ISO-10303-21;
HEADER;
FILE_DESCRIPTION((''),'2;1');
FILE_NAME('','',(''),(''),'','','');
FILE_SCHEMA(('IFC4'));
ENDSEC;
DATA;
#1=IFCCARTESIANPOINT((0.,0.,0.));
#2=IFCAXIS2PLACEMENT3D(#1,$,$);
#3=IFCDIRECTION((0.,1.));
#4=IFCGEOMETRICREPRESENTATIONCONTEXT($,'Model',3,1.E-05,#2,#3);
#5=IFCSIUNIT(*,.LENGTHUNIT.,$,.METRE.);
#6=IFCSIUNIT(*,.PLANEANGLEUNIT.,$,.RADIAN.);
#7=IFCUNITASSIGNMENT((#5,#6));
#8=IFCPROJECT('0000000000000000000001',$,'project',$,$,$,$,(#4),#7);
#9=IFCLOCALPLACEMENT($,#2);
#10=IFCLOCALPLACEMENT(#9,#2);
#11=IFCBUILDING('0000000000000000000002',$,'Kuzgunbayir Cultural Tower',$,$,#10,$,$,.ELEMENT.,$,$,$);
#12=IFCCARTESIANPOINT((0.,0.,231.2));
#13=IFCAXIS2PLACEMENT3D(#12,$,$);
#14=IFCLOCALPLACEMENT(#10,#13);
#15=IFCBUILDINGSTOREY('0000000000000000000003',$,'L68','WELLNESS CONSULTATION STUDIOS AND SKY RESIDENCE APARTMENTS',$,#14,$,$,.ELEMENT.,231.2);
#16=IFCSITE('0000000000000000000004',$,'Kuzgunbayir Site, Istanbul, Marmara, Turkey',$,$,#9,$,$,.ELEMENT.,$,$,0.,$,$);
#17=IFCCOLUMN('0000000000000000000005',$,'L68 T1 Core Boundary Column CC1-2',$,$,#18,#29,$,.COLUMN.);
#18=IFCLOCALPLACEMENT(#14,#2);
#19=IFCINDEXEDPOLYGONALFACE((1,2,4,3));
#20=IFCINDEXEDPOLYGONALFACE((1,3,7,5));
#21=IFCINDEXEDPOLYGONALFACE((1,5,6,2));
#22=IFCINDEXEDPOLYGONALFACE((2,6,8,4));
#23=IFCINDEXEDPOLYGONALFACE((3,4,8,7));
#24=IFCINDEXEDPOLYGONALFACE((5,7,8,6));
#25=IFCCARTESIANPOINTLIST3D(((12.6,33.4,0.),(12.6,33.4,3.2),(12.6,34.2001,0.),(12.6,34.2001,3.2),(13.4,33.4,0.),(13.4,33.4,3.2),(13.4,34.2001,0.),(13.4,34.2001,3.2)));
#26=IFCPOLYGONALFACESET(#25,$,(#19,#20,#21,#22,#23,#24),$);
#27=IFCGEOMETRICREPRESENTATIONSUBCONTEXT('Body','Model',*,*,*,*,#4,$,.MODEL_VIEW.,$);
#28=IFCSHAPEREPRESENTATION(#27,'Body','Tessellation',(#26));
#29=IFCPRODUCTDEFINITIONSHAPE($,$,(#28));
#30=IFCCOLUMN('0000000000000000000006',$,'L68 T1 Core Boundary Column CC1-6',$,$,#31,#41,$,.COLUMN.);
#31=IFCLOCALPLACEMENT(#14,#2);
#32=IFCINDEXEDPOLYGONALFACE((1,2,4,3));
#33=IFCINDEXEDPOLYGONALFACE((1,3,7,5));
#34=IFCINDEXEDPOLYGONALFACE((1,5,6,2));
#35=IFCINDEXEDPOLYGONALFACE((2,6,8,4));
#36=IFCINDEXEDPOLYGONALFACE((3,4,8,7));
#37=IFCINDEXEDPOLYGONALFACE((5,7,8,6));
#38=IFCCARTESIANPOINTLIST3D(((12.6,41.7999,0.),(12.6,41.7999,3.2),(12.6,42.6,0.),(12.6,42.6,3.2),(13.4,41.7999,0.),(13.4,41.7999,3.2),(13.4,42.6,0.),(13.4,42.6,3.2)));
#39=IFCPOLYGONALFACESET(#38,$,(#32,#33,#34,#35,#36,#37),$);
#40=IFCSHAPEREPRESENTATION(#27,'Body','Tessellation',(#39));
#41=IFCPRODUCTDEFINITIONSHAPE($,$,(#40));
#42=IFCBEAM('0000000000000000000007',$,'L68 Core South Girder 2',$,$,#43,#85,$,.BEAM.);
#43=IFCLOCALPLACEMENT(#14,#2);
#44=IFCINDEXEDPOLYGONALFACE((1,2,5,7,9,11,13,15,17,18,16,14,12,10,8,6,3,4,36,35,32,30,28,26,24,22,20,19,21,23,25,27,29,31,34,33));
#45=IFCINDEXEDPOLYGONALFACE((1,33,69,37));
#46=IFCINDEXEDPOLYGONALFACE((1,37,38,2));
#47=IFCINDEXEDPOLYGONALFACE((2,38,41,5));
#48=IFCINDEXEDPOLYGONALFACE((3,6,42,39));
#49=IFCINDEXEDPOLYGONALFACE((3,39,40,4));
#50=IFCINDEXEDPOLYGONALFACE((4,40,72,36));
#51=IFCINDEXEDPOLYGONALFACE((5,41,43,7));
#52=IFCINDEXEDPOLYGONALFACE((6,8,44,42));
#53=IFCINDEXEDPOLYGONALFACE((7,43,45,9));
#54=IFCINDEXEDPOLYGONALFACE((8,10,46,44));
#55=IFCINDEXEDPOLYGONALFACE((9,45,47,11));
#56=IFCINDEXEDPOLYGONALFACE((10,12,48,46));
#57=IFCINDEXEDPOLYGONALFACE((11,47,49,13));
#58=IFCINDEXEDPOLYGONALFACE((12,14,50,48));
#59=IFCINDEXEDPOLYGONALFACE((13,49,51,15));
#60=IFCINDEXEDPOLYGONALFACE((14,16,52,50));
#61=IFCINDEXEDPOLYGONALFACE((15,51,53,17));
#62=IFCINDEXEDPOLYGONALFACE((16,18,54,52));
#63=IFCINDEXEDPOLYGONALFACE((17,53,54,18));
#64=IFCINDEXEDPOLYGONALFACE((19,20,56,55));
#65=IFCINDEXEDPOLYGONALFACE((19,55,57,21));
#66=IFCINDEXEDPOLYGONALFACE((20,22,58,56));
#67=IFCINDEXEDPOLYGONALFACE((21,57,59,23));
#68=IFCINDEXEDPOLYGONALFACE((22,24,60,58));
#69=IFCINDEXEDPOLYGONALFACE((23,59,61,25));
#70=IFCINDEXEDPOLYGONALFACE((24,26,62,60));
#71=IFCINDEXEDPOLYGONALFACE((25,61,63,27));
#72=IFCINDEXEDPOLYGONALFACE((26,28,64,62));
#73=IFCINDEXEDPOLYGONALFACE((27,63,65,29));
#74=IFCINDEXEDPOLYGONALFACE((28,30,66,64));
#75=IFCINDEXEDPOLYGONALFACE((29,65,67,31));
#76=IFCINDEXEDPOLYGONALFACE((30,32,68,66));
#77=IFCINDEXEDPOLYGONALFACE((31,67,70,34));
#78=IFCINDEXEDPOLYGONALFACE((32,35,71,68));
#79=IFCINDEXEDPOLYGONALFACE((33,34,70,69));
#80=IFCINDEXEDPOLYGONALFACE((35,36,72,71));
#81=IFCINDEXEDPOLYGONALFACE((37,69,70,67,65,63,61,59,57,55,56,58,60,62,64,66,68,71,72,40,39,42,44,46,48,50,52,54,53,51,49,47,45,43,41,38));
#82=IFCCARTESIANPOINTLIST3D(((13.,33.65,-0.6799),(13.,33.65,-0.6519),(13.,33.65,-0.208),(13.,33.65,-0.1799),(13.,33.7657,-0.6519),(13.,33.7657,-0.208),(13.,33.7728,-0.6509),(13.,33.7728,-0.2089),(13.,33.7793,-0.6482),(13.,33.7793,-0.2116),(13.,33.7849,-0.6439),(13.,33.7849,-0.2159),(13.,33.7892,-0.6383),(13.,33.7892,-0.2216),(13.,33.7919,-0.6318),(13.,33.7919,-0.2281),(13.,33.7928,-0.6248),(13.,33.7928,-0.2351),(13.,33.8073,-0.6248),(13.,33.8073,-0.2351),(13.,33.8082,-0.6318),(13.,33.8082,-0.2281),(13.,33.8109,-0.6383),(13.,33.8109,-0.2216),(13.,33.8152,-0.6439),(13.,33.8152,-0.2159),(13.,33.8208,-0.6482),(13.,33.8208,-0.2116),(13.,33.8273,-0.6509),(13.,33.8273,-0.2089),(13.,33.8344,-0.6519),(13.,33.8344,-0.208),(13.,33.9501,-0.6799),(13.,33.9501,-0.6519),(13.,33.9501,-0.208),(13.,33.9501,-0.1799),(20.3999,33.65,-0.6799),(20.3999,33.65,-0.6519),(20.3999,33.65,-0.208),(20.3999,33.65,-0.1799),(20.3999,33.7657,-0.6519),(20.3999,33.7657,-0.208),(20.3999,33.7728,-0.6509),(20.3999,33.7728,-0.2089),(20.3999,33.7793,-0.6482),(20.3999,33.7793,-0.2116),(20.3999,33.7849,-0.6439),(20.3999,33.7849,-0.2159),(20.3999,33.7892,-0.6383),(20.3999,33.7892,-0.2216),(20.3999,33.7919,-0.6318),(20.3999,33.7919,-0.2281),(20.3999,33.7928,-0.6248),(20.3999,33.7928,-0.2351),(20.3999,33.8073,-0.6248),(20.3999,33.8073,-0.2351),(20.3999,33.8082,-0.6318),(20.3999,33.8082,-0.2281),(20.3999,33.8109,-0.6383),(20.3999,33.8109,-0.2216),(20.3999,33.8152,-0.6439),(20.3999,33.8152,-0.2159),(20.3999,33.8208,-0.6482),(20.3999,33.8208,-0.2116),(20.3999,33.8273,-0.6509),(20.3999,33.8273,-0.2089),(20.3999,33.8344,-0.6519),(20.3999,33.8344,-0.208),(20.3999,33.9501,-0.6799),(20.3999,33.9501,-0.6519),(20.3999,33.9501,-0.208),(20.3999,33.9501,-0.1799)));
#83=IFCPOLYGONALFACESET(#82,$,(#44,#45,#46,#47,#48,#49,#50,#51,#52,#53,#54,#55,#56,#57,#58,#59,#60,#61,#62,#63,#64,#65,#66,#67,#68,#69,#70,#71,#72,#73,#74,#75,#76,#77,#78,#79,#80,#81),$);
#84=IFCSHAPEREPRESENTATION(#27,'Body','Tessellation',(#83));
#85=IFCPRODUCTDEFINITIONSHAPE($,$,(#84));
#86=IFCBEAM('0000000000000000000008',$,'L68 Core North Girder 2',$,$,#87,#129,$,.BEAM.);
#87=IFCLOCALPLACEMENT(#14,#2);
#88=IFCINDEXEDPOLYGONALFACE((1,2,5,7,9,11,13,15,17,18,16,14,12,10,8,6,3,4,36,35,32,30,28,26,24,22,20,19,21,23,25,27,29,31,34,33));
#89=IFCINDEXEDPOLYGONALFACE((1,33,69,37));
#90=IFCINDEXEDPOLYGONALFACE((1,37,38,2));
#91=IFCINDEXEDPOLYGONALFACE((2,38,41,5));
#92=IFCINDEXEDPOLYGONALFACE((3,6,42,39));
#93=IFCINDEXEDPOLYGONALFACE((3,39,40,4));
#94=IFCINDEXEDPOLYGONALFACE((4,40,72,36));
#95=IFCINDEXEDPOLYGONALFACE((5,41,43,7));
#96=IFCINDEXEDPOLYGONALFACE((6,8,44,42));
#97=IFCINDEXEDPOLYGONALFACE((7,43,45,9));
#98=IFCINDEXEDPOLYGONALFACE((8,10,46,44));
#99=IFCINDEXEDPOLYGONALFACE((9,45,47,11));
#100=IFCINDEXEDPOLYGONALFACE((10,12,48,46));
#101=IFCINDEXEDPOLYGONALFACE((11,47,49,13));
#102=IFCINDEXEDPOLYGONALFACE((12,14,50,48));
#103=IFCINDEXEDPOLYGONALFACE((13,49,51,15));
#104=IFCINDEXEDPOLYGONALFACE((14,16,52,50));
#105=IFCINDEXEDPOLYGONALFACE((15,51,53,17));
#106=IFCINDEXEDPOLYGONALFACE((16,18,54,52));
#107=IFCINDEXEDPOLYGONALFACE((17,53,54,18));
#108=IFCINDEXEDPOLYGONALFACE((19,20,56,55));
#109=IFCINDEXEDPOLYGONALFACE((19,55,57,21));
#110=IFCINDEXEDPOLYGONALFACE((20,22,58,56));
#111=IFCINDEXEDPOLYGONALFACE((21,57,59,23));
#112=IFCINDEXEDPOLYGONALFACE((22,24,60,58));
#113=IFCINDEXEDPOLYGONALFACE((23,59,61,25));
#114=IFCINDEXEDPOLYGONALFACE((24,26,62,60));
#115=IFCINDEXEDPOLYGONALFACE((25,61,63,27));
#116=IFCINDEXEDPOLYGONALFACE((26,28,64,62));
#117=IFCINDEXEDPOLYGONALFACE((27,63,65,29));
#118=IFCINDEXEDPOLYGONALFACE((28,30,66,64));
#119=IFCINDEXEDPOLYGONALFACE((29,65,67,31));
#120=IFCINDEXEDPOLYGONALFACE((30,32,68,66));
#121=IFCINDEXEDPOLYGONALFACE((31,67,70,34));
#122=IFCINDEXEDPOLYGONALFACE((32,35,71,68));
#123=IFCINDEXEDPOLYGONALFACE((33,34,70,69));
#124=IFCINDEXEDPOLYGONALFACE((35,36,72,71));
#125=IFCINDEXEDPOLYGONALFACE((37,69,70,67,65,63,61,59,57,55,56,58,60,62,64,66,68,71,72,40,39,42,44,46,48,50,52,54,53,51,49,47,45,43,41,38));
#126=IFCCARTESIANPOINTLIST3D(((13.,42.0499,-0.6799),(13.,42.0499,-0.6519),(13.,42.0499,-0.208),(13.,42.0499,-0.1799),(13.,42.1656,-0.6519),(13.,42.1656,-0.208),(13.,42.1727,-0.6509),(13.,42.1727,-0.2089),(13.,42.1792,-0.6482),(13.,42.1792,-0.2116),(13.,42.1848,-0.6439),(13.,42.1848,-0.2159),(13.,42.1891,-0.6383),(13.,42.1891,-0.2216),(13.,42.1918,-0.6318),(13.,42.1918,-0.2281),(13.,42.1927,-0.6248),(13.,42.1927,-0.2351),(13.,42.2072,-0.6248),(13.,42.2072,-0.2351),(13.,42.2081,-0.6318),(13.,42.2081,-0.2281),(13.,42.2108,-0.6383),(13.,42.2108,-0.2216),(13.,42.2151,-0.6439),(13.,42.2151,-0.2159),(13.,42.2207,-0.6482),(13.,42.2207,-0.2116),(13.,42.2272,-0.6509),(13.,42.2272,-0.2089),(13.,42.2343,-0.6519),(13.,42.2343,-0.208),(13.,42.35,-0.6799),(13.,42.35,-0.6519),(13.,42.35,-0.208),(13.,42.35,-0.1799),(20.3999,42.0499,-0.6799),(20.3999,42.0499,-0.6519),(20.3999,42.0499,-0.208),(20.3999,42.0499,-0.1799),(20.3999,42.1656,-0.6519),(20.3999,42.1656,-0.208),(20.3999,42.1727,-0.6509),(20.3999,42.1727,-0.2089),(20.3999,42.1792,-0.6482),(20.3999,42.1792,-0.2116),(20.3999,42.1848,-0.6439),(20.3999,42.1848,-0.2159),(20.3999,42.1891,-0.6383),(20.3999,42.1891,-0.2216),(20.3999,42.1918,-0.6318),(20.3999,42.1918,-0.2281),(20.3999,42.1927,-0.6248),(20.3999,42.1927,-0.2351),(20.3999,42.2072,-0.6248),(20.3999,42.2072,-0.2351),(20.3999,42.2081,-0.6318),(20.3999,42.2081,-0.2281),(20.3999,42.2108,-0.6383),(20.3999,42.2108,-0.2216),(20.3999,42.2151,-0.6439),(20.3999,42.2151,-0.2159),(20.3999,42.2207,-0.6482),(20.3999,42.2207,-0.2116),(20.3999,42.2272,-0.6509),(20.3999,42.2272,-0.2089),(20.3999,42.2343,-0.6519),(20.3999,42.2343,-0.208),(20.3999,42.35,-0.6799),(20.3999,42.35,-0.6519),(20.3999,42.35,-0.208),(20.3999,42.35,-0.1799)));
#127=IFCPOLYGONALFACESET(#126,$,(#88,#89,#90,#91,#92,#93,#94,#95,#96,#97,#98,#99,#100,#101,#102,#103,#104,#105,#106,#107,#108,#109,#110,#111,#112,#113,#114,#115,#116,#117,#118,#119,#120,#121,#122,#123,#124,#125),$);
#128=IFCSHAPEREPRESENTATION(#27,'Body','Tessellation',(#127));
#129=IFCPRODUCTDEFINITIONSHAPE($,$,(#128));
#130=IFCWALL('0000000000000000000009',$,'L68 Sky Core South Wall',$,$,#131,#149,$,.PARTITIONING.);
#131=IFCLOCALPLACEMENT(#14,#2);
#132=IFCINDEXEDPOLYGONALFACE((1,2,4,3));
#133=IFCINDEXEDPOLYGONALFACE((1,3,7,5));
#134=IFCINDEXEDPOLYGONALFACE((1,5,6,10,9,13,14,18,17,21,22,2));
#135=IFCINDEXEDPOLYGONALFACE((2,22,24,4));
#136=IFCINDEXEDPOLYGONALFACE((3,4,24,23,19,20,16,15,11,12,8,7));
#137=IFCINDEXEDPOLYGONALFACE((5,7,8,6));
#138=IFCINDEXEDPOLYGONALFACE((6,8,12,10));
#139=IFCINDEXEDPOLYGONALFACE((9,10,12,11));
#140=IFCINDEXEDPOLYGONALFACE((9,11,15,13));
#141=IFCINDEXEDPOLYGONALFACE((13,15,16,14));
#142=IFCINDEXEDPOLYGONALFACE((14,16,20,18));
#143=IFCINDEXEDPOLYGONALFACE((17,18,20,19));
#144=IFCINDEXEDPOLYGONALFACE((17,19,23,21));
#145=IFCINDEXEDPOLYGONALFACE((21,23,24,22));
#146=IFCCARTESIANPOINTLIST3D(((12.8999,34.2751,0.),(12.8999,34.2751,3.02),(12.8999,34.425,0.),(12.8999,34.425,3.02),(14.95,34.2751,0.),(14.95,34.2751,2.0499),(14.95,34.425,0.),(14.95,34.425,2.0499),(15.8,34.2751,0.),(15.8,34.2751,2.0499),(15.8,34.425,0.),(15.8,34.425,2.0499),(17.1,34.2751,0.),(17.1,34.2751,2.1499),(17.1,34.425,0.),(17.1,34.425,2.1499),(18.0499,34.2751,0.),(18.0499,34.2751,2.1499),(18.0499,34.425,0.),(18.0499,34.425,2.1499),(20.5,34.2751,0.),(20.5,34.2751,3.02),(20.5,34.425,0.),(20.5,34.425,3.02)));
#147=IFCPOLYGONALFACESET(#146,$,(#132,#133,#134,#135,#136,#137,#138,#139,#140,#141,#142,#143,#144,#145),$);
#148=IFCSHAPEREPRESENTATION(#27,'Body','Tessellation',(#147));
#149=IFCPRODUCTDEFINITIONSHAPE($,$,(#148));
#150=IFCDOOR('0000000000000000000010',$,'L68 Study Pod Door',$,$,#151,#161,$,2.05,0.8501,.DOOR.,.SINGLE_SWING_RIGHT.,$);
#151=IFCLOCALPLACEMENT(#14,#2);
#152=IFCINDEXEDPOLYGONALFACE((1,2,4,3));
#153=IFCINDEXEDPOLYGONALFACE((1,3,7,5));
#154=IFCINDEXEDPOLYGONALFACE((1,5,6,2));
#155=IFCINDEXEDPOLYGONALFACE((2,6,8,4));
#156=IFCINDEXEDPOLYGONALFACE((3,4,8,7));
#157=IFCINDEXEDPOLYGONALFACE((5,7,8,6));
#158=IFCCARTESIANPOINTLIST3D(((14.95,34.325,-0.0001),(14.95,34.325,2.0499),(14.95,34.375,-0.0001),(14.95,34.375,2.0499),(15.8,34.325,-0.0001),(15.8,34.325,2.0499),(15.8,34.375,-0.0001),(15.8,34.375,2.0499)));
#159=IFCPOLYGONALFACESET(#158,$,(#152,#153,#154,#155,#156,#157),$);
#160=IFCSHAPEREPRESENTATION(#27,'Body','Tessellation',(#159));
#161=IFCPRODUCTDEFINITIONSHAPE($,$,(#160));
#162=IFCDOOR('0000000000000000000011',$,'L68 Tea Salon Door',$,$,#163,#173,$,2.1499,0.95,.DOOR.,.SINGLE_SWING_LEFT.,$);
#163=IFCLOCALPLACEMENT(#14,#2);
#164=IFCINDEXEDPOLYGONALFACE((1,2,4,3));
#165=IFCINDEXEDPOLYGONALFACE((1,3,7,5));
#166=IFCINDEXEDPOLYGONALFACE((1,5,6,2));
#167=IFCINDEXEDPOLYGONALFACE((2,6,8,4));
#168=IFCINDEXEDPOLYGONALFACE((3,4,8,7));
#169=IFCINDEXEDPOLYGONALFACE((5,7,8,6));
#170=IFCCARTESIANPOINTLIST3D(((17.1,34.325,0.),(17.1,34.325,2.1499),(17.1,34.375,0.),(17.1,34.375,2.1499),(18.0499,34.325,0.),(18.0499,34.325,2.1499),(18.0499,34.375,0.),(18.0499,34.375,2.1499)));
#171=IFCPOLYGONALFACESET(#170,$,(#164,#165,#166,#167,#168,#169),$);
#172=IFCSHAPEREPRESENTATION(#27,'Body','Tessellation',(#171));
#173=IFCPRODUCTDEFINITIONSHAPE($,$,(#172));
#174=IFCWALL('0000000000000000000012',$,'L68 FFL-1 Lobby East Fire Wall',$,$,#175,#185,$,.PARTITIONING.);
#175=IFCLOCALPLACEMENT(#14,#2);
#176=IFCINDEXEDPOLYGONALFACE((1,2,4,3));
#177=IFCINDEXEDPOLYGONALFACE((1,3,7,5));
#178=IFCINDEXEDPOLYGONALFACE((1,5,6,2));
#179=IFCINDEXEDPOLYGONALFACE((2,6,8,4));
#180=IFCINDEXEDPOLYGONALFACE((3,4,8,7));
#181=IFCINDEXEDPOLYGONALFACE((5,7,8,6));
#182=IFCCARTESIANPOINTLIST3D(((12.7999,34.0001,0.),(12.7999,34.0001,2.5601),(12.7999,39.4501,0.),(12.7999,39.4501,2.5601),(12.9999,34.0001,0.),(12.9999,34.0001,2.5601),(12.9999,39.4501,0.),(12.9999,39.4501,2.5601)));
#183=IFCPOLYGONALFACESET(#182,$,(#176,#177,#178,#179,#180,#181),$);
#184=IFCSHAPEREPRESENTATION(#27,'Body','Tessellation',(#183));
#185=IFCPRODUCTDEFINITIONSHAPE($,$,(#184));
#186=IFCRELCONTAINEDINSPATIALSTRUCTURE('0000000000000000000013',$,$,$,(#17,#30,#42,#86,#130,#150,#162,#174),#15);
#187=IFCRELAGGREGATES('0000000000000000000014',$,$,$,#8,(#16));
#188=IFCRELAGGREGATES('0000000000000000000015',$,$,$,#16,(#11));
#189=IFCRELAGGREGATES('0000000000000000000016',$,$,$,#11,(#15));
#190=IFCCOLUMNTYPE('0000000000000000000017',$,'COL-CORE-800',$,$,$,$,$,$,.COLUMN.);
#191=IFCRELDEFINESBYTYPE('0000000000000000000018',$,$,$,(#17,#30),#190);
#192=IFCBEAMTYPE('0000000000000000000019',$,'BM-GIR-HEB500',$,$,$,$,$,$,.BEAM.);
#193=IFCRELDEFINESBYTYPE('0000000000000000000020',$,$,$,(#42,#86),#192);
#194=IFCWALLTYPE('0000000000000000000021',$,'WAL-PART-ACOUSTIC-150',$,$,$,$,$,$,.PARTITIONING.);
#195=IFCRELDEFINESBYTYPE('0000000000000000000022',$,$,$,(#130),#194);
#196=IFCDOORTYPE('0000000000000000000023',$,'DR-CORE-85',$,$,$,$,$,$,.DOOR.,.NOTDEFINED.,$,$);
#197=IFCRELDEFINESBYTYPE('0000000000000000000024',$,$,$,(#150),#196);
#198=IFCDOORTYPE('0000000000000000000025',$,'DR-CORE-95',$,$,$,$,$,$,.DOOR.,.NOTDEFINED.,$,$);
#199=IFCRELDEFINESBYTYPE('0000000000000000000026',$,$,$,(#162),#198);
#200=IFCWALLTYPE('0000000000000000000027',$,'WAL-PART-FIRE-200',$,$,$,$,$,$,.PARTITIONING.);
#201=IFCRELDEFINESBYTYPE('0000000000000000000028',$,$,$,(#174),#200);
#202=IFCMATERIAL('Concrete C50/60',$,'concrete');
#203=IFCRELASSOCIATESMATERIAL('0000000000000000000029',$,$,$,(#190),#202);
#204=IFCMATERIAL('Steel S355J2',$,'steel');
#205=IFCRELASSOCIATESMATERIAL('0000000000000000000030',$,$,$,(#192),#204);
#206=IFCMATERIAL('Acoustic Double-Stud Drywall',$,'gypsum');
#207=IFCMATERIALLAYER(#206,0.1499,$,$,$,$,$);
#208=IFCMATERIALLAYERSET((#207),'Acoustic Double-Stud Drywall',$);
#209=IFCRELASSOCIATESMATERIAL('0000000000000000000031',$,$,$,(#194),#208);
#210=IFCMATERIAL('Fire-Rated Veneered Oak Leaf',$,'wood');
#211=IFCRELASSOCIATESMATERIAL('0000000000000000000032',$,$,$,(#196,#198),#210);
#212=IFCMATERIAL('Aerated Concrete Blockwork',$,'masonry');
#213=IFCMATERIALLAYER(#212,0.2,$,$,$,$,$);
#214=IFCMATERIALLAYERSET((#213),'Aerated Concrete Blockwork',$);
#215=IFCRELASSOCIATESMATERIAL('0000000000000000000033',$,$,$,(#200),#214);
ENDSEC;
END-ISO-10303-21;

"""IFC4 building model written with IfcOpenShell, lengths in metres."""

from ifc_helpers import new_model, si_unit, direction, frame, frame_2d, origin, origin_2d, place, context, subcontext, project, spatial, rectangle, i_section, extrude, material, layer, layer_set, material_profile, profile_set, type_object, element, fill, save


model = new_model("IFC4")

# Units and contexts
model_context = context("Model", 3, precision=1e-05, world=origin(), true_north=direction((0.0, 1.0)))
body_context = subcontext(model_context, "Body", "Model", "MODEL_VIEW")
ifc_project = project(units=[si_unit("LENGTHUNIT", "METRE"), si_unit("PLANEANGLEUNIT", "RADIAN")], contexts=[model_context])

# Site, building, storey
site_placement = place(None, origin())
site = spatial("IfcSite", under=ifc_project, at=site_placement, Name="Kuzgunbayir Site, Istanbul, Marmara, Turkey", CompositionType="ELEMENT", RefElevation=0.0)
building_placement = place(site_placement, origin())
building = spatial("IfcBuilding", under=site, at=building_placement, Name="Kuzgunbayir Cultural Tower", CompositionType="ELEMENT")
storey_placement = place(building_placement, frame((0.0, 0.0, 231.2)))
storey = spatial("IfcBuildingStorey", under=building, at=storey_placement, Name="L68", Description="WELLNESS CONSULTATION STUDIOS AND SKY RESIDENCE APARTMENTS", CompositionType="ELEMENT", Elevation=231.2)

# Columns
ifc_material_1 = material(Name="Concrete C50/60", Category="concrete")
ifc_material_profile_1 = material_profile(ifc_material_1, rectangle(XDim=0.8, YDim=0.8, at=origin_2d()), Name="RC 800x800")
ifc_profile_set_1 = profile_set([ifc_material_profile_1], Name="Concrete C50/60")
column_type = type_object("IfcColumnType", Name="COL-CORE-800", PredefinedType="COLUMN", material=ifc_profile_set_1)
for number, where, z_axis, x_axis, name in (
    (1, (13.0, 33.8, 0.0), (0.0, 0.0, 1.0), (1.0, 0.0, 0.0), "L68 T1 Core Boundary Column CC1-2"),
    (2, (13.0, 42.2, 0.0), (0.0, 0.0, 1.0), (1.0, 0.0, 0.0), "L68 T1 Core Boundary Column CC1-6"),
):
    element("IfcColumn", number, at=place(storey_placement, frame(where, z_axis=z_axis, x_axis=x_axis)), inside=storey, type_object=column_type, Name=name, PredefinedType="COLUMN", context=body_context, shape_type="SweptSolid", body=[
        extrude(rectangle(XDim=0.8, YDim=0.8, at=origin_2d()), origin(), (0.0, 0.0, 1.0), 3.2),
    ])

# Beams
ifc_material_2 = material(Name="Steel S355J2", Category="steel")
ifc_material_profile_2 = material_profile(ifc_material_2, i_section(OverallWidth=0.3, OverallDepth=0.5, WebThickness=0.0144, FlangeThickness=0.0281, FilletRadius=0.0271, at=origin_2d()), Name="HEB 500")
ifc_profile_set_2 = profile_set([ifc_material_profile_2], Name="Steel S355J2")
beam_type = type_object("IfcBeamType", Name="BM-GIR-HEB500", PredefinedType="BEAM", material=ifc_profile_set_2)
for number, where, z_axis, x_axis, name in (
    (3, (13.0, 33.8, -0.4299), (1.0, 0.0, 0.0), (0.0, 1.0, 0.0), "L68 Core South Girder 2"),
    (4, (13.0, 42.2, -0.4299), (1.0, 0.0, 0.0), (0.0, 1.0, 0.0), "L68 Core North Girder 2"),
):
    element("IfcBeam", number, at=place(storey_placement, frame(where, z_axis=z_axis, x_axis=x_axis)), inside=storey, type_object=beam_type, Name=name, PredefinedType="BEAM", context=body_context, shape_type="SweptSolid", body=[
        extrude(i_section(OverallWidth=0.3, OverallDepth=0.5, WebThickness=0.0144, FlangeThickness=0.0281, FilletRadius=0.0271, at=origin_2d()), origin(), (0.0, 0.0, 1.0), 7.3999),
    ])

# Wall, openings, doors
ifc_material_3 = material(Name="Acoustic Double-Stud Drywall", Category="gypsum")
ifc_layer_1 = layer(ifc_material_3, 0.1499)
ifc_layer_set_1 = layer_set([ifc_layer_1], Name="Acoustic Double-Stud Drywall")
wall_type_1 = type_object("IfcWallType", Name="WAL-PART-ACOUSTIC-150", PredefinedType="PARTITIONING", material=ifc_layer_set_1)
wall_1_placement = place(storey_placement, frame((12.8999, 34.3501, 0.0), z_axis=(0.0, 0.0, 1.0), x_axis=(1.0, 0.0, 0.0)))
wall_1 = element("IfcWall", 5, at=wall_1_placement, inside=storey, type_object=wall_type_1, Name="L68 Sky Core South Wall", PredefinedType="PARTITIONING", context=body_context, shape_type="SweptSolid", body=[
    extrude(rectangle(XDim=7.6001, YDim=0.1499, at=frame_2d((3.8, 0.0))), origin(), (0.0, 0.0, 1.0), 3.02),
])
opening_1_placement = place(wall_1_placement, frame((2.05, 0.0, 0.0)))
opening_1 = element("IfcOpeningElement", 6, at=opening_1_placement, cuts=wall_1, PredefinedType="OPENING", context=body_context, shape_type="SweptSolid", body=[
    extrude(rectangle(XDim=0.8501, YDim=2.05, at=frame_2d((0.425, 1.0249))), frame((0.0, 0.085, 0.0), z_axis=(0.0, -1.0, 0.0), x_axis=(1.0, 0.0, 0.0)), (0.0, 0.0, 1.0), 0.1699),
])
opening_2_placement = place(wall_1_placement, frame((4.2, 0.0, 0.0)))
opening_2 = element("IfcOpeningElement", 7, at=opening_2_placement, cuts=wall_1, PredefinedType="OPENING", context=body_context, shape_type="SweptSolid", body=[
    extrude(rectangle(XDim=0.95, YDim=2.1499, at=frame_2d((0.4751, 1.075))), frame((0.0, 0.085, 0.0), z_axis=(0.0, -1.0, 0.0), x_axis=(1.0, 0.0, 0.0)), (0.0, 0.0, 1.0), 0.1699),
])
ifc_material_4 = material(Name="Fire-Rated Veneered Oak Leaf", Category="wood")
door_type_1 = type_object("IfcDoorType", Name="DR-CORE-85", OperationType="NOTDEFINED", PredefinedType="DOOR", material=ifc_material_4)
door_1_placement = place(opening_1_placement, origin())
door_1 = element("IfcDoor", 8, at=door_1_placement, inside=storey, type_object=door_type_1, Name="L68 Study Pod Door", OperationType="SINGLE_SWING_RIGHT", OverallHeight=2.05, OverallWidth=0.8501, PredefinedType="DOOR", context=body_context, shape_type="SweptSolid", body=[
    extrude(rectangle(XDim=0.8501, YDim=2.05, at=frame_2d((0.425, 1.0249))), frame((0.0, 0.0249, 0.0), z_axis=(0.0, -1.0, 0.0), x_axis=(1.0, 0.0, 0.0)), (0.0, 0.0, 1.0), 0.05),
])
fill(opening_1, door_1)
door_type_2 = type_object("IfcDoorType", Name="DR-CORE-95", OperationType="NOTDEFINED", PredefinedType="DOOR", material=ifc_material_4)
door_2_placement = place(opening_2_placement, origin())
door_2 = element("IfcDoor", 9, at=door_2_placement, inside=storey, type_object=door_type_2, Name="L68 Tea Salon Door", OperationType="SINGLE_SWING_LEFT", OverallHeight=2.1499, OverallWidth=0.95, PredefinedType="DOOR", context=body_context, shape_type="SweptSolid", body=[
    extrude(rectangle(XDim=0.95, YDim=2.1499, at=frame_2d((0.4751, 1.075))), frame((0.0, 0.0249, 0.0), z_axis=(0.0, -1.0, 0.0), x_axis=(1.0, 0.0, 0.0)), (0.0, 0.0, 1.0), 0.05),
])
fill(opening_2, door_2)

# Wall
ifc_material_5 = material(Name="Aerated Concrete Blockwork", Category="masonry")
ifc_layer_2 = layer(ifc_material_5, 0.2)
ifc_layer_set_2 = layer_set([ifc_layer_2], Name="Aerated Concrete Blockwork")
wall_type_2 = type_object("IfcWallType", Name="WAL-PART-FIRE-200", PredefinedType="PARTITIONING", material=ifc_layer_set_2)
wall_2_placement = place(storey_placement, frame((12.8999, 34.0, 0.0), z_axis=(0.0, 0.0, 1.0), x_axis=(0.0, 1.0, 0.0)))
element("IfcWall", 10, at=wall_2_placement, inside=storey, type_object=wall_type_2, Name="L68 FFL-1 Lobby East Fire Wall", PredefinedType="PARTITIONING", context=body_context, shape_type="SweptSolid", body=[
    extrude(rectangle(XDim=5.45, YDim=0.2, at=frame_2d((2.7251, 0.0))), origin(), (0.0, 0.0, 1.0), 2.5601),
])

save(model, "model.ifc")
